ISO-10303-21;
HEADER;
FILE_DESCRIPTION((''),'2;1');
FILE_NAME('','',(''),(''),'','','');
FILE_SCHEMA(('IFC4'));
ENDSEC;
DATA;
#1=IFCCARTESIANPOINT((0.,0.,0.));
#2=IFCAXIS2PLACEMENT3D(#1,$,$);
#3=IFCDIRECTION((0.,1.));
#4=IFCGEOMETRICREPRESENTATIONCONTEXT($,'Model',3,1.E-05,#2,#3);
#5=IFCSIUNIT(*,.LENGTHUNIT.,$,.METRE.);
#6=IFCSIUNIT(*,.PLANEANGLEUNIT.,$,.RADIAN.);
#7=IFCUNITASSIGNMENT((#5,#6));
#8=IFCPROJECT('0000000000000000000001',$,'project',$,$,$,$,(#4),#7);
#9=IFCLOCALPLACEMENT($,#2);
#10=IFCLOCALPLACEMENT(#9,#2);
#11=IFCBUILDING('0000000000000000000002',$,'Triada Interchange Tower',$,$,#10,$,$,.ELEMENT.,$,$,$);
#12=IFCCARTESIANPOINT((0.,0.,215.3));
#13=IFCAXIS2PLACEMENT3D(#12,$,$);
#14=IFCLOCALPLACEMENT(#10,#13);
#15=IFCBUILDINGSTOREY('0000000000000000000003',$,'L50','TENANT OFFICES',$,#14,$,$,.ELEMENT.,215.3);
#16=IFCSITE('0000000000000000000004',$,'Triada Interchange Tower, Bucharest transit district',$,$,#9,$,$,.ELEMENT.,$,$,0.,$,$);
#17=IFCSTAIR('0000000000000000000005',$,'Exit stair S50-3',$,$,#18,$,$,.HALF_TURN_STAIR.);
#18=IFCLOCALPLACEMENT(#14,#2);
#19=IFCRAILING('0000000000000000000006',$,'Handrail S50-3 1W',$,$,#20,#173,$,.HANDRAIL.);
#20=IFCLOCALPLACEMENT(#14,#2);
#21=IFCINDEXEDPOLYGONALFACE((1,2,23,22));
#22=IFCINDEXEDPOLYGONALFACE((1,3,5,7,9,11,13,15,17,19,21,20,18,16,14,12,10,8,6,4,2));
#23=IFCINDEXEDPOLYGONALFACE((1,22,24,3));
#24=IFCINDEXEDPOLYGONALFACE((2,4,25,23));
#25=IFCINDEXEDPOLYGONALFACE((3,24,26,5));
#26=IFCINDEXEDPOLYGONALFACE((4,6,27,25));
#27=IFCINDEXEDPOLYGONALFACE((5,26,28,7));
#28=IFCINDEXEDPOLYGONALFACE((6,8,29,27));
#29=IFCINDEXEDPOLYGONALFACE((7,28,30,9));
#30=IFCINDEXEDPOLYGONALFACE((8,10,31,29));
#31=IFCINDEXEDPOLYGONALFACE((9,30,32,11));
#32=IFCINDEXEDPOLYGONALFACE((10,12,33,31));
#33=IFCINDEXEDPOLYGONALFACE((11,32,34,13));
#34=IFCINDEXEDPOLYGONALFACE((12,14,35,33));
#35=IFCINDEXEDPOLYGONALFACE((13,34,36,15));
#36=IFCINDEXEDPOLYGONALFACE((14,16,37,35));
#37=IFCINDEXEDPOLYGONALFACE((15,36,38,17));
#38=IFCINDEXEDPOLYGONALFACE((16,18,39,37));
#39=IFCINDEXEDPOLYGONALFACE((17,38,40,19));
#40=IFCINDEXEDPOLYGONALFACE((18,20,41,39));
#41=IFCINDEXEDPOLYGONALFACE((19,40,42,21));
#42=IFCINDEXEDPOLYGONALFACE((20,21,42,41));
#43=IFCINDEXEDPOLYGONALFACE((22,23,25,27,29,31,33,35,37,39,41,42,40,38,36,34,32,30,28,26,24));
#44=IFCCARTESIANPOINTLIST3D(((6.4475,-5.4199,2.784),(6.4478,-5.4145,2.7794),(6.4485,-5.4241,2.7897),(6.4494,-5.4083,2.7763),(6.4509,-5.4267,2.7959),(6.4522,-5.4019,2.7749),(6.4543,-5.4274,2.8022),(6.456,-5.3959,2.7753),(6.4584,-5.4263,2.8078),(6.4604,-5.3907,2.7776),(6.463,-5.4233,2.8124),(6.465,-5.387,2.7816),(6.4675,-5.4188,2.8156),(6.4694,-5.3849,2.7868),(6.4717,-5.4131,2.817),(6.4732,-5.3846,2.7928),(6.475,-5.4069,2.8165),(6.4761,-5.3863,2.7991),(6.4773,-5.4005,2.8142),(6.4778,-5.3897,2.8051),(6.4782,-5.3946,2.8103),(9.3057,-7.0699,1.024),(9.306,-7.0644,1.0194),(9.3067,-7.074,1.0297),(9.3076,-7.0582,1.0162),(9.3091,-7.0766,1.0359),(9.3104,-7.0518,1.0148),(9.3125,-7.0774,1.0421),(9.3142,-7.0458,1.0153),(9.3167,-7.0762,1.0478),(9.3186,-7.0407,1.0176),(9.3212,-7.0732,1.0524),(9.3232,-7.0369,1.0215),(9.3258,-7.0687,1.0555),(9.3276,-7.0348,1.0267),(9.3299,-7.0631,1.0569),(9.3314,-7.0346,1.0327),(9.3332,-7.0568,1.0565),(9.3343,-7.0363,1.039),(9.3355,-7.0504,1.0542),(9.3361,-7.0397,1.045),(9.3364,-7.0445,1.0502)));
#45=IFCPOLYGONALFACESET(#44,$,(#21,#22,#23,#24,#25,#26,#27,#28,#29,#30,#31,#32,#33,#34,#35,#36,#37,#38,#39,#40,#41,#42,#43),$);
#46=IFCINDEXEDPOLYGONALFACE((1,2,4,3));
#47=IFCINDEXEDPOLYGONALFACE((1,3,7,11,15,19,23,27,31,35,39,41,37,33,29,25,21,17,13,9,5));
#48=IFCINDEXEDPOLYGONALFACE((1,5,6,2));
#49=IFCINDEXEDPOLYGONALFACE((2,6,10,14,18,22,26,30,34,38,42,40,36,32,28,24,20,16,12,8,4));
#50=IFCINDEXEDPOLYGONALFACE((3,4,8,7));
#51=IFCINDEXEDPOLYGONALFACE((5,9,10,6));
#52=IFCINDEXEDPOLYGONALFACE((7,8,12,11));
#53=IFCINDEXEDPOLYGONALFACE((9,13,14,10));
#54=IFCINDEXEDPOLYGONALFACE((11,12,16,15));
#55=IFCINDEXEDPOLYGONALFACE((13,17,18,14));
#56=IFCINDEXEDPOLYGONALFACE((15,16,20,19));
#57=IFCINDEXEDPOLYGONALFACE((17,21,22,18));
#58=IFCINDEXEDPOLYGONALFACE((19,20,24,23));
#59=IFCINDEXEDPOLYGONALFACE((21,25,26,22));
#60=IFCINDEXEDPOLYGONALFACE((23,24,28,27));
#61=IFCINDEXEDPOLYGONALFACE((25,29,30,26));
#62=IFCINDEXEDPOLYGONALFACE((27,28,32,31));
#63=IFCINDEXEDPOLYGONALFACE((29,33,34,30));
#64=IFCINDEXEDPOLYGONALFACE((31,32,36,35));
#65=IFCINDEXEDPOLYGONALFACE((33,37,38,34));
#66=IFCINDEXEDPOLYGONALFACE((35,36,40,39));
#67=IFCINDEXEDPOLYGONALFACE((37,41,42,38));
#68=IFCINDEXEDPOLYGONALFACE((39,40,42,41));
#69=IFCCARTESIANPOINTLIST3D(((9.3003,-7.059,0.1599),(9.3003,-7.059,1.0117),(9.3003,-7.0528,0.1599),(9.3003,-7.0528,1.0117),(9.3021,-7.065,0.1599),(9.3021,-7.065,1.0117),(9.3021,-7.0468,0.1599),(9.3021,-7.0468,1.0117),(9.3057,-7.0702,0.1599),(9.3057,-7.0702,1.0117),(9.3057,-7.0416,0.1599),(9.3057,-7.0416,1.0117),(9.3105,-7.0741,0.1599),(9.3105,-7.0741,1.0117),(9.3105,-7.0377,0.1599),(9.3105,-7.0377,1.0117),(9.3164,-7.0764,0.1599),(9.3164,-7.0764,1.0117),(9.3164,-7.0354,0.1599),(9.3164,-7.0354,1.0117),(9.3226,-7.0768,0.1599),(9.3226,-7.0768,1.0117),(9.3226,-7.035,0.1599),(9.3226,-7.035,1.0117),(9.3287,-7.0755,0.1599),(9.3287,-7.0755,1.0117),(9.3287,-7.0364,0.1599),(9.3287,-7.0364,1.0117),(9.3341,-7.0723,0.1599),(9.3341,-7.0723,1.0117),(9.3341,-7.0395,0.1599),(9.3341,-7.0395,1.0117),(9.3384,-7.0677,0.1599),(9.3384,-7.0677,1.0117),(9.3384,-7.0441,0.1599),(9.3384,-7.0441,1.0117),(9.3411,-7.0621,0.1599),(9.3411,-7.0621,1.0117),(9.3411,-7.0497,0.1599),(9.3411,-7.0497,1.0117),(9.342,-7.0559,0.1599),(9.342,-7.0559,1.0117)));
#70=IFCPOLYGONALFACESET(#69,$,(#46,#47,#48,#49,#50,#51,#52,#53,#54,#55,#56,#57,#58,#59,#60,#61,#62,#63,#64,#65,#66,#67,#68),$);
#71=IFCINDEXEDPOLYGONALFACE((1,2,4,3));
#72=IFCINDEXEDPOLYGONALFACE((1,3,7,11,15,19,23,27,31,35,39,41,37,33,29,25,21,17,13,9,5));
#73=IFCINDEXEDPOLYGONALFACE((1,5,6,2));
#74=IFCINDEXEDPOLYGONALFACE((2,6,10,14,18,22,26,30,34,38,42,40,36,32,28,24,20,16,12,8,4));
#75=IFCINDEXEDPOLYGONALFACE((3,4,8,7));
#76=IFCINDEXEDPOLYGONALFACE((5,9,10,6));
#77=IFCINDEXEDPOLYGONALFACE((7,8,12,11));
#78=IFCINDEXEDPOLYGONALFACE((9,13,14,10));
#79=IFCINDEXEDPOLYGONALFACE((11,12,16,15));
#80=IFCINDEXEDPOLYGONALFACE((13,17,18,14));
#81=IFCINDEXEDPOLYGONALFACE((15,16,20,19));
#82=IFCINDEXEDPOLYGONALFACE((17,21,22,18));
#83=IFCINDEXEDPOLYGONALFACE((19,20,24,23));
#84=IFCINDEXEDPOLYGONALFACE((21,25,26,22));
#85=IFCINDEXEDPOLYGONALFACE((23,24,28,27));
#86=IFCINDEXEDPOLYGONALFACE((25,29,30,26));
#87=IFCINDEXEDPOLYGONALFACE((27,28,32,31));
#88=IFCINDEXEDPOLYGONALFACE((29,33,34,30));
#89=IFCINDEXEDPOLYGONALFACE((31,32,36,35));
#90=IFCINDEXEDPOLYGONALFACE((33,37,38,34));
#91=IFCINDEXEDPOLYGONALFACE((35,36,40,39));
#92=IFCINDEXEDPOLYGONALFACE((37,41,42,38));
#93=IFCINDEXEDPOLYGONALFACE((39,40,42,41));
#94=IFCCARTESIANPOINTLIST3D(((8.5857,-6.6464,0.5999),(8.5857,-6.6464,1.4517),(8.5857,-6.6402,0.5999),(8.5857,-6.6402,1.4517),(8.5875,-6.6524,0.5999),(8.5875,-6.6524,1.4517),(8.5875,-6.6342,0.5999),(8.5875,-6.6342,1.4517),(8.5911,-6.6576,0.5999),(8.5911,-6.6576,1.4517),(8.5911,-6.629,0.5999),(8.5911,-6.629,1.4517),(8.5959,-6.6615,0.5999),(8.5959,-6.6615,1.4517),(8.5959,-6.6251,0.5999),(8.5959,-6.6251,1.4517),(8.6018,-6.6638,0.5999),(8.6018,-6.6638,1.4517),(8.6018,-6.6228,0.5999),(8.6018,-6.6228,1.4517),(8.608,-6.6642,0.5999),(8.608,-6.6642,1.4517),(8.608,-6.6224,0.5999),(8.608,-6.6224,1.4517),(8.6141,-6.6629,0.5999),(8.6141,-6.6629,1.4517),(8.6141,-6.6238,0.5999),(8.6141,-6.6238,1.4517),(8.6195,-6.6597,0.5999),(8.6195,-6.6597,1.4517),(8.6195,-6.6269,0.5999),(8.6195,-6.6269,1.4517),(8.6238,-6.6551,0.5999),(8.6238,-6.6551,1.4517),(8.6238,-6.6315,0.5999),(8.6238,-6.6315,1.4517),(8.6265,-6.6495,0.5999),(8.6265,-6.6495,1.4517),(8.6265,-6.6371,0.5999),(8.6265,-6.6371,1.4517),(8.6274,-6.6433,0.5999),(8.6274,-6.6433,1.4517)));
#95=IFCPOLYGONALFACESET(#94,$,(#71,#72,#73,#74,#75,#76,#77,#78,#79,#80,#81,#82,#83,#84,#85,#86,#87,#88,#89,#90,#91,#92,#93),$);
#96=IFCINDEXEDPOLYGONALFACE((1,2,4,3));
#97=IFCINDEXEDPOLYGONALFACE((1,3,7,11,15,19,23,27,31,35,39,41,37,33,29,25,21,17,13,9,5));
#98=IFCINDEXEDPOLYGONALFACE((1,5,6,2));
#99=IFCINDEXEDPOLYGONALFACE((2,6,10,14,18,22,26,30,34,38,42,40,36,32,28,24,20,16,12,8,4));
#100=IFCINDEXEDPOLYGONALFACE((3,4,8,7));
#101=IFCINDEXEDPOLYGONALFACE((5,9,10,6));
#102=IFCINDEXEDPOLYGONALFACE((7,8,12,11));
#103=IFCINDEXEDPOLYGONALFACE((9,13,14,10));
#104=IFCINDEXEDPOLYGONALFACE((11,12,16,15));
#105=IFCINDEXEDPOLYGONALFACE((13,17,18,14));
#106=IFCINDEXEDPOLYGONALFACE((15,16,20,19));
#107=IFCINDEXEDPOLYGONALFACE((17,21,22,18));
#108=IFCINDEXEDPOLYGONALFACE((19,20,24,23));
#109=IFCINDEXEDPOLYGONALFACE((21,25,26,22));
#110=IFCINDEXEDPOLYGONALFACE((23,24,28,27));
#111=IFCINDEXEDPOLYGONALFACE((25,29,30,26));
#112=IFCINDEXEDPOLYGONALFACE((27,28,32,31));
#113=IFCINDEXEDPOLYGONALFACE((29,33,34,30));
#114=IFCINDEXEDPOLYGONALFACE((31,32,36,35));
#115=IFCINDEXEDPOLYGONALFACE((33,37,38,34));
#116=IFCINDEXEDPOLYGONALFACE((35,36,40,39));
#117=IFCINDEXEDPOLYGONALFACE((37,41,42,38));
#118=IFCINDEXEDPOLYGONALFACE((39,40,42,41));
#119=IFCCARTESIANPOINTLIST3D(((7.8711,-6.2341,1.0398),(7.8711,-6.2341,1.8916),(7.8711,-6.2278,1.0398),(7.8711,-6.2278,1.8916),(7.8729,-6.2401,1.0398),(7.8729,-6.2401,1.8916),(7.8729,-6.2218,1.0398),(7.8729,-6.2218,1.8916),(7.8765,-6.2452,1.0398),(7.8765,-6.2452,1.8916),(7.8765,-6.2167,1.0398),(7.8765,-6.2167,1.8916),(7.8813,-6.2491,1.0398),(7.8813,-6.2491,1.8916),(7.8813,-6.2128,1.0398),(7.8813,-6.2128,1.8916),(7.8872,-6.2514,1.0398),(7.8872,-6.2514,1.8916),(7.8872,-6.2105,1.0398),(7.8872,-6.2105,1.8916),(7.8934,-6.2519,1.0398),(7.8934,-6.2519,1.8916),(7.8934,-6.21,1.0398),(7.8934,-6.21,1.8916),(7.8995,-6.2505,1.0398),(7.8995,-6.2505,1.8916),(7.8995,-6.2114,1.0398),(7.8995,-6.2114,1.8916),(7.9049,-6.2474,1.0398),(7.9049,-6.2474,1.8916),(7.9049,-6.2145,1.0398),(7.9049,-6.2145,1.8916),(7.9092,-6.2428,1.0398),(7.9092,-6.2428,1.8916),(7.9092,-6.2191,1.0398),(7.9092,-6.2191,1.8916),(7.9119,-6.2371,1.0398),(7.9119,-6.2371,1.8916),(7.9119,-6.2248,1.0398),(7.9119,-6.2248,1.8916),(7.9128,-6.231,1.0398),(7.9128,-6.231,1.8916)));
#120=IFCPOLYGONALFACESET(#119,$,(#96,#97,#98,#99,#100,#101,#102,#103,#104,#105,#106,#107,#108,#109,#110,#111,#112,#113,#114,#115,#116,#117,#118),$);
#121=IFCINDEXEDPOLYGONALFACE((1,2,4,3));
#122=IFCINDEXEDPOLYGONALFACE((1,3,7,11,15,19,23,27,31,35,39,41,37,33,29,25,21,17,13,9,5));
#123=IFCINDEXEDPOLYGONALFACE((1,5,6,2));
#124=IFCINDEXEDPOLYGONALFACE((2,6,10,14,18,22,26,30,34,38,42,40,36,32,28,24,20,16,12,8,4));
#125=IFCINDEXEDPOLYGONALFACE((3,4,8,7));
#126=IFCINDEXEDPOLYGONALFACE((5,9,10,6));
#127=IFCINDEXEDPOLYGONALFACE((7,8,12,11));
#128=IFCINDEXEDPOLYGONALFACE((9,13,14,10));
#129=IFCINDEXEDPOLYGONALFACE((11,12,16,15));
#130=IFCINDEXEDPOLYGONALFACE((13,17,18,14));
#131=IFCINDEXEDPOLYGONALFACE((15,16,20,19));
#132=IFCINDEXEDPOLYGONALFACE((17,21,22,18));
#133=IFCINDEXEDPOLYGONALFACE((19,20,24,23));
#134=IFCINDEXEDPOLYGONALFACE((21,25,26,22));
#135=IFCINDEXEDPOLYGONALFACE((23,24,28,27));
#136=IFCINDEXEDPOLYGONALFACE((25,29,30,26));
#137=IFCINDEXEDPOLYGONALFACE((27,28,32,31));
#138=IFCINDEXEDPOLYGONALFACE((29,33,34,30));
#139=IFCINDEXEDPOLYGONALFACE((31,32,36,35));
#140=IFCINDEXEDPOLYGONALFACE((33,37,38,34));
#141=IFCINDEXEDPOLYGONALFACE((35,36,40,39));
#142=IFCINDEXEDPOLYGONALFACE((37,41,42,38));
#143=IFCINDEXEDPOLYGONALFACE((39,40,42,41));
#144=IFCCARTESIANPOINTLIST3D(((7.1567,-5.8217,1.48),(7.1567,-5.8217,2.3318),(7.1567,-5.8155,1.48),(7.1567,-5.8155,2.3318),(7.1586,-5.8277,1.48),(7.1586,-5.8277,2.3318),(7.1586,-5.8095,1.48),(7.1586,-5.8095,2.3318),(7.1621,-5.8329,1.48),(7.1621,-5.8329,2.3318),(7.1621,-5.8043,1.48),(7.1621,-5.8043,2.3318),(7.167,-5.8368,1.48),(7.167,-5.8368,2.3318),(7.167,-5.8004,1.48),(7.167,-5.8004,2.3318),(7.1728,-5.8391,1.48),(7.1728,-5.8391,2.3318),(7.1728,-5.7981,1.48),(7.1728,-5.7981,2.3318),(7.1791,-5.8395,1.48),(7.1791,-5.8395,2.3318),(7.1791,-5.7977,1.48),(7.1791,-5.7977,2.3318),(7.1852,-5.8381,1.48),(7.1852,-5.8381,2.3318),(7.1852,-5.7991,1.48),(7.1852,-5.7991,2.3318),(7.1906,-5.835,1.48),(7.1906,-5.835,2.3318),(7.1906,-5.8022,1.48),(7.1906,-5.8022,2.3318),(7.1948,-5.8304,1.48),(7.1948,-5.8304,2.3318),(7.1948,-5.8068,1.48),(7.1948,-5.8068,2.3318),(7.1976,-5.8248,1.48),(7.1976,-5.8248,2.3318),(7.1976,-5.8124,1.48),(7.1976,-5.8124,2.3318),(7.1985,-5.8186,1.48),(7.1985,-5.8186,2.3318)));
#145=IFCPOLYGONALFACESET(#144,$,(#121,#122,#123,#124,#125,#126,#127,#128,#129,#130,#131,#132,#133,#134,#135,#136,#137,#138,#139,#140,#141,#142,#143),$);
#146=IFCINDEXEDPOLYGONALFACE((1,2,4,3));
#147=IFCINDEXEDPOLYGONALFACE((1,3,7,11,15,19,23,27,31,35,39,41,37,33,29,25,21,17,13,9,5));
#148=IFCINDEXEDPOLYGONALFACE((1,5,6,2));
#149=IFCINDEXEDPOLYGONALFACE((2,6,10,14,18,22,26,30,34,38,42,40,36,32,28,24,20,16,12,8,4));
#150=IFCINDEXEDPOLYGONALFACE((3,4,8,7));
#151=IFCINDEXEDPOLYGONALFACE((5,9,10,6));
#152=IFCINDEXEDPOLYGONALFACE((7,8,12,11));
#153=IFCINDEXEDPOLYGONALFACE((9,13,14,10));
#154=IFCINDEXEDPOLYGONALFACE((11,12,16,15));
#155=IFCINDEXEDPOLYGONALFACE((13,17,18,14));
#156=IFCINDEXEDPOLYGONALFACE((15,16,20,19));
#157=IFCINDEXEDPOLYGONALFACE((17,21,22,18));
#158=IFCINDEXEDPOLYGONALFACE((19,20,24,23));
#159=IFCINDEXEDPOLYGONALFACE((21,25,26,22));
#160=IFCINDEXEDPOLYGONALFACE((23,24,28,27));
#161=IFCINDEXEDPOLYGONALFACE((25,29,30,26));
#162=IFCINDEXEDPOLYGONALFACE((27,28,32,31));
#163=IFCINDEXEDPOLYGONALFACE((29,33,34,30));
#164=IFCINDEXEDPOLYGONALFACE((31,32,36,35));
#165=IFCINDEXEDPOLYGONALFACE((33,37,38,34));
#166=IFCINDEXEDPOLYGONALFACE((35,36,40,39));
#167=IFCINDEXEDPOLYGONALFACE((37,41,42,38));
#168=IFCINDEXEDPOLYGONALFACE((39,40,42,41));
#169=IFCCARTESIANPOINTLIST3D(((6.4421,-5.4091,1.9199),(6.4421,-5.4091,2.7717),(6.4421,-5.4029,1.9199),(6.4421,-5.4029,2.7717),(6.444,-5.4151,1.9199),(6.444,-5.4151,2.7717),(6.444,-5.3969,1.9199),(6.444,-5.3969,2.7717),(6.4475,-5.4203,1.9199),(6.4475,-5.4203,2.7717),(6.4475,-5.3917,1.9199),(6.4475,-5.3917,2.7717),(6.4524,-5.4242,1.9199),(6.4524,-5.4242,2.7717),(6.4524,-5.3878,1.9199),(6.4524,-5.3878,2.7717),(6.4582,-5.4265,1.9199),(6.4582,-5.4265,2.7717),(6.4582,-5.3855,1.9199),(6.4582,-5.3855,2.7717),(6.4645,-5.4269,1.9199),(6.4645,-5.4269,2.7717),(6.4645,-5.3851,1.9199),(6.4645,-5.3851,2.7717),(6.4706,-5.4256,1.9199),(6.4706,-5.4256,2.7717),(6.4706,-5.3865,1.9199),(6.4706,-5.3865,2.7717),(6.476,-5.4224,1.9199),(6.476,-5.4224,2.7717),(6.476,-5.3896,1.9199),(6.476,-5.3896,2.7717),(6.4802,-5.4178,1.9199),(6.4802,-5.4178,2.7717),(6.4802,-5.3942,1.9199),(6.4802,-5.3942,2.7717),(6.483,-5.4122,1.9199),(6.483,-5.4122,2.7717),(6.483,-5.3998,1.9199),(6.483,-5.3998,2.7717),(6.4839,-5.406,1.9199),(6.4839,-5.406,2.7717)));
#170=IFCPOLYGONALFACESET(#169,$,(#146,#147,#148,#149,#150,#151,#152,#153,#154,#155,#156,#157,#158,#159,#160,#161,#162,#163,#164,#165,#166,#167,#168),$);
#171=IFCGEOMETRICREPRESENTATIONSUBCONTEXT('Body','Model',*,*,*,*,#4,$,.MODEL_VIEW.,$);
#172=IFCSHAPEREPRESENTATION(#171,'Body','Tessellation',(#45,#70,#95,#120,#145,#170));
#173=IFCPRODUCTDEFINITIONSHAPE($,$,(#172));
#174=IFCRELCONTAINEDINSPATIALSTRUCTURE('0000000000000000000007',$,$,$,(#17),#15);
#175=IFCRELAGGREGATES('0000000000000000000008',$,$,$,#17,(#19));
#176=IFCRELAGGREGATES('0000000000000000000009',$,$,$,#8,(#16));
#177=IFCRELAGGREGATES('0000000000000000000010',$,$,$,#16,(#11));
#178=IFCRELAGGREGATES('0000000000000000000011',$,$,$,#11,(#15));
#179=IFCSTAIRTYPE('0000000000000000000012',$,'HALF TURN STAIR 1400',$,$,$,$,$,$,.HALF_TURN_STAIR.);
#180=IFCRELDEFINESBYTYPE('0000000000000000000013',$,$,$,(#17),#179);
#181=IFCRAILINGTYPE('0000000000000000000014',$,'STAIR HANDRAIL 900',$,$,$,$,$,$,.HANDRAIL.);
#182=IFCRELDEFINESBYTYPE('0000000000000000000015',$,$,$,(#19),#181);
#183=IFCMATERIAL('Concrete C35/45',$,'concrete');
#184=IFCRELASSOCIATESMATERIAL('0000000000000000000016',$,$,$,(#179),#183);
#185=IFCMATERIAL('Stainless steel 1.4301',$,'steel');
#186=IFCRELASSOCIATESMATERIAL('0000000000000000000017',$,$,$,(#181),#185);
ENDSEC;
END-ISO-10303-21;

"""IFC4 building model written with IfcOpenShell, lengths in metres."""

from ifc_helpers import new_model, si_unit, direction, frame, origin, origin_2d, place, context, subcontext, project, spatial, circle, extrude, material, type_object, element, aggregate, save


model = new_model("IFC4")

# Units and contexts
model_context = context("Model", 3, precision=1e-05, world=origin(), true_north=direction((0.0, 1.0)))
body_context = subcontext(model_context, "Body", "Model", "MODEL_VIEW")
ifc_project = project(units=[si_unit("LENGTHUNIT", "METRE"), si_unit("PLANEANGLEUNIT", "RADIAN")], contexts=[model_context])

# Site, building, storey
site_placement = place(None, origin())
site = spatial("IfcSite", under=ifc_project, at=site_placement, Name="Triada Interchange Tower, Bucharest transit district", CompositionType="ELEMENT", RefElevation=0.0)
building_placement = place(site_placement, origin())
building = spatial("IfcBuilding", under=site, at=building_placement, Name="Triada Interchange Tower", CompositionType="ELEMENT")
storey_placement = place(building_placement, frame((0.0, 0.0, 215.3)))
storey = spatial("IfcBuildingStorey", under=building, at=storey_placement, Name="L50", Description="TENANT OFFICES", CompositionType="ELEMENT", Elevation=215.3)

# Stair, railing
ifc_material_1 = material(Name="Concrete C35/45", Category="concrete")
stair_type = type_object("IfcStairType", Name="HALF TURN STAIR 1400", PredefinedType="HALF_TURN_STAIR", material=ifc_material_1)
stair_placement = place(storey_placement, origin())
stair = element("IfcStair", 1, at=stair_placement, inside=storey, type_object=stair_type, Name="Exit stair S50-3", PredefinedType="HALF_TURN_STAIR")
ifc_material_2 = material(Name="Stainless steel 1.4301", Category="steel")
railing_type = type_object("IfcRailingType", Name="STAIR HANDRAIL 900", PredefinedType="HANDRAIL", material=ifc_material_2)
railing_1_placement = place(storey_placement, frame((9.321, -7.0559, 0.1599)))
railing_1 = element("IfcRailing", 2, at=railing_1_placement, type_object=railing_type, Name="Handrail S50-3 1W", PredefinedType="HANDRAIL", context=body_context, shape_type="SweptSolid", body=[
    extrude(circle(Radius=0.0239, at=origin_2d()), frame((0.0, 0.0, 0.876), z_axis=(-0.764178, 0.441131, 0.47057), x_axis=(-0.499942, -0.866059, 0.0)), (0.0, 0.0, 1.0), 3.7402),
    extrude(circle(Radius=0.021, at=origin_2d()), origin(), (0.0, 0.0, 1.0), 0.8518),
    extrude(circle(Radius=0.021, at=origin_2d()), frame((-0.7146, 0.4126, 0.4399)), (0.0, 0.0, 1.0), 0.8518),
    extrude(circle(Radius=0.021, at=origin_2d()), frame((-1.4292, 0.825, 0.8799)), (0.0, 0.0, 1.0), 0.8518),
    extrude(circle(Radius=0.021, at=origin_2d()), frame((-2.1436, 1.2373, 1.3201)), (0.0, 0.0, 1.0), 0.8518),
    extrude(circle(Radius=0.021, at=origin_2d()), frame((-2.8582, 1.6499, 1.76)), (0.0, 0.0, 1.0), 0.8518),
])
aggregate(stair, [railing_1])

save(model, "model.ifc")
